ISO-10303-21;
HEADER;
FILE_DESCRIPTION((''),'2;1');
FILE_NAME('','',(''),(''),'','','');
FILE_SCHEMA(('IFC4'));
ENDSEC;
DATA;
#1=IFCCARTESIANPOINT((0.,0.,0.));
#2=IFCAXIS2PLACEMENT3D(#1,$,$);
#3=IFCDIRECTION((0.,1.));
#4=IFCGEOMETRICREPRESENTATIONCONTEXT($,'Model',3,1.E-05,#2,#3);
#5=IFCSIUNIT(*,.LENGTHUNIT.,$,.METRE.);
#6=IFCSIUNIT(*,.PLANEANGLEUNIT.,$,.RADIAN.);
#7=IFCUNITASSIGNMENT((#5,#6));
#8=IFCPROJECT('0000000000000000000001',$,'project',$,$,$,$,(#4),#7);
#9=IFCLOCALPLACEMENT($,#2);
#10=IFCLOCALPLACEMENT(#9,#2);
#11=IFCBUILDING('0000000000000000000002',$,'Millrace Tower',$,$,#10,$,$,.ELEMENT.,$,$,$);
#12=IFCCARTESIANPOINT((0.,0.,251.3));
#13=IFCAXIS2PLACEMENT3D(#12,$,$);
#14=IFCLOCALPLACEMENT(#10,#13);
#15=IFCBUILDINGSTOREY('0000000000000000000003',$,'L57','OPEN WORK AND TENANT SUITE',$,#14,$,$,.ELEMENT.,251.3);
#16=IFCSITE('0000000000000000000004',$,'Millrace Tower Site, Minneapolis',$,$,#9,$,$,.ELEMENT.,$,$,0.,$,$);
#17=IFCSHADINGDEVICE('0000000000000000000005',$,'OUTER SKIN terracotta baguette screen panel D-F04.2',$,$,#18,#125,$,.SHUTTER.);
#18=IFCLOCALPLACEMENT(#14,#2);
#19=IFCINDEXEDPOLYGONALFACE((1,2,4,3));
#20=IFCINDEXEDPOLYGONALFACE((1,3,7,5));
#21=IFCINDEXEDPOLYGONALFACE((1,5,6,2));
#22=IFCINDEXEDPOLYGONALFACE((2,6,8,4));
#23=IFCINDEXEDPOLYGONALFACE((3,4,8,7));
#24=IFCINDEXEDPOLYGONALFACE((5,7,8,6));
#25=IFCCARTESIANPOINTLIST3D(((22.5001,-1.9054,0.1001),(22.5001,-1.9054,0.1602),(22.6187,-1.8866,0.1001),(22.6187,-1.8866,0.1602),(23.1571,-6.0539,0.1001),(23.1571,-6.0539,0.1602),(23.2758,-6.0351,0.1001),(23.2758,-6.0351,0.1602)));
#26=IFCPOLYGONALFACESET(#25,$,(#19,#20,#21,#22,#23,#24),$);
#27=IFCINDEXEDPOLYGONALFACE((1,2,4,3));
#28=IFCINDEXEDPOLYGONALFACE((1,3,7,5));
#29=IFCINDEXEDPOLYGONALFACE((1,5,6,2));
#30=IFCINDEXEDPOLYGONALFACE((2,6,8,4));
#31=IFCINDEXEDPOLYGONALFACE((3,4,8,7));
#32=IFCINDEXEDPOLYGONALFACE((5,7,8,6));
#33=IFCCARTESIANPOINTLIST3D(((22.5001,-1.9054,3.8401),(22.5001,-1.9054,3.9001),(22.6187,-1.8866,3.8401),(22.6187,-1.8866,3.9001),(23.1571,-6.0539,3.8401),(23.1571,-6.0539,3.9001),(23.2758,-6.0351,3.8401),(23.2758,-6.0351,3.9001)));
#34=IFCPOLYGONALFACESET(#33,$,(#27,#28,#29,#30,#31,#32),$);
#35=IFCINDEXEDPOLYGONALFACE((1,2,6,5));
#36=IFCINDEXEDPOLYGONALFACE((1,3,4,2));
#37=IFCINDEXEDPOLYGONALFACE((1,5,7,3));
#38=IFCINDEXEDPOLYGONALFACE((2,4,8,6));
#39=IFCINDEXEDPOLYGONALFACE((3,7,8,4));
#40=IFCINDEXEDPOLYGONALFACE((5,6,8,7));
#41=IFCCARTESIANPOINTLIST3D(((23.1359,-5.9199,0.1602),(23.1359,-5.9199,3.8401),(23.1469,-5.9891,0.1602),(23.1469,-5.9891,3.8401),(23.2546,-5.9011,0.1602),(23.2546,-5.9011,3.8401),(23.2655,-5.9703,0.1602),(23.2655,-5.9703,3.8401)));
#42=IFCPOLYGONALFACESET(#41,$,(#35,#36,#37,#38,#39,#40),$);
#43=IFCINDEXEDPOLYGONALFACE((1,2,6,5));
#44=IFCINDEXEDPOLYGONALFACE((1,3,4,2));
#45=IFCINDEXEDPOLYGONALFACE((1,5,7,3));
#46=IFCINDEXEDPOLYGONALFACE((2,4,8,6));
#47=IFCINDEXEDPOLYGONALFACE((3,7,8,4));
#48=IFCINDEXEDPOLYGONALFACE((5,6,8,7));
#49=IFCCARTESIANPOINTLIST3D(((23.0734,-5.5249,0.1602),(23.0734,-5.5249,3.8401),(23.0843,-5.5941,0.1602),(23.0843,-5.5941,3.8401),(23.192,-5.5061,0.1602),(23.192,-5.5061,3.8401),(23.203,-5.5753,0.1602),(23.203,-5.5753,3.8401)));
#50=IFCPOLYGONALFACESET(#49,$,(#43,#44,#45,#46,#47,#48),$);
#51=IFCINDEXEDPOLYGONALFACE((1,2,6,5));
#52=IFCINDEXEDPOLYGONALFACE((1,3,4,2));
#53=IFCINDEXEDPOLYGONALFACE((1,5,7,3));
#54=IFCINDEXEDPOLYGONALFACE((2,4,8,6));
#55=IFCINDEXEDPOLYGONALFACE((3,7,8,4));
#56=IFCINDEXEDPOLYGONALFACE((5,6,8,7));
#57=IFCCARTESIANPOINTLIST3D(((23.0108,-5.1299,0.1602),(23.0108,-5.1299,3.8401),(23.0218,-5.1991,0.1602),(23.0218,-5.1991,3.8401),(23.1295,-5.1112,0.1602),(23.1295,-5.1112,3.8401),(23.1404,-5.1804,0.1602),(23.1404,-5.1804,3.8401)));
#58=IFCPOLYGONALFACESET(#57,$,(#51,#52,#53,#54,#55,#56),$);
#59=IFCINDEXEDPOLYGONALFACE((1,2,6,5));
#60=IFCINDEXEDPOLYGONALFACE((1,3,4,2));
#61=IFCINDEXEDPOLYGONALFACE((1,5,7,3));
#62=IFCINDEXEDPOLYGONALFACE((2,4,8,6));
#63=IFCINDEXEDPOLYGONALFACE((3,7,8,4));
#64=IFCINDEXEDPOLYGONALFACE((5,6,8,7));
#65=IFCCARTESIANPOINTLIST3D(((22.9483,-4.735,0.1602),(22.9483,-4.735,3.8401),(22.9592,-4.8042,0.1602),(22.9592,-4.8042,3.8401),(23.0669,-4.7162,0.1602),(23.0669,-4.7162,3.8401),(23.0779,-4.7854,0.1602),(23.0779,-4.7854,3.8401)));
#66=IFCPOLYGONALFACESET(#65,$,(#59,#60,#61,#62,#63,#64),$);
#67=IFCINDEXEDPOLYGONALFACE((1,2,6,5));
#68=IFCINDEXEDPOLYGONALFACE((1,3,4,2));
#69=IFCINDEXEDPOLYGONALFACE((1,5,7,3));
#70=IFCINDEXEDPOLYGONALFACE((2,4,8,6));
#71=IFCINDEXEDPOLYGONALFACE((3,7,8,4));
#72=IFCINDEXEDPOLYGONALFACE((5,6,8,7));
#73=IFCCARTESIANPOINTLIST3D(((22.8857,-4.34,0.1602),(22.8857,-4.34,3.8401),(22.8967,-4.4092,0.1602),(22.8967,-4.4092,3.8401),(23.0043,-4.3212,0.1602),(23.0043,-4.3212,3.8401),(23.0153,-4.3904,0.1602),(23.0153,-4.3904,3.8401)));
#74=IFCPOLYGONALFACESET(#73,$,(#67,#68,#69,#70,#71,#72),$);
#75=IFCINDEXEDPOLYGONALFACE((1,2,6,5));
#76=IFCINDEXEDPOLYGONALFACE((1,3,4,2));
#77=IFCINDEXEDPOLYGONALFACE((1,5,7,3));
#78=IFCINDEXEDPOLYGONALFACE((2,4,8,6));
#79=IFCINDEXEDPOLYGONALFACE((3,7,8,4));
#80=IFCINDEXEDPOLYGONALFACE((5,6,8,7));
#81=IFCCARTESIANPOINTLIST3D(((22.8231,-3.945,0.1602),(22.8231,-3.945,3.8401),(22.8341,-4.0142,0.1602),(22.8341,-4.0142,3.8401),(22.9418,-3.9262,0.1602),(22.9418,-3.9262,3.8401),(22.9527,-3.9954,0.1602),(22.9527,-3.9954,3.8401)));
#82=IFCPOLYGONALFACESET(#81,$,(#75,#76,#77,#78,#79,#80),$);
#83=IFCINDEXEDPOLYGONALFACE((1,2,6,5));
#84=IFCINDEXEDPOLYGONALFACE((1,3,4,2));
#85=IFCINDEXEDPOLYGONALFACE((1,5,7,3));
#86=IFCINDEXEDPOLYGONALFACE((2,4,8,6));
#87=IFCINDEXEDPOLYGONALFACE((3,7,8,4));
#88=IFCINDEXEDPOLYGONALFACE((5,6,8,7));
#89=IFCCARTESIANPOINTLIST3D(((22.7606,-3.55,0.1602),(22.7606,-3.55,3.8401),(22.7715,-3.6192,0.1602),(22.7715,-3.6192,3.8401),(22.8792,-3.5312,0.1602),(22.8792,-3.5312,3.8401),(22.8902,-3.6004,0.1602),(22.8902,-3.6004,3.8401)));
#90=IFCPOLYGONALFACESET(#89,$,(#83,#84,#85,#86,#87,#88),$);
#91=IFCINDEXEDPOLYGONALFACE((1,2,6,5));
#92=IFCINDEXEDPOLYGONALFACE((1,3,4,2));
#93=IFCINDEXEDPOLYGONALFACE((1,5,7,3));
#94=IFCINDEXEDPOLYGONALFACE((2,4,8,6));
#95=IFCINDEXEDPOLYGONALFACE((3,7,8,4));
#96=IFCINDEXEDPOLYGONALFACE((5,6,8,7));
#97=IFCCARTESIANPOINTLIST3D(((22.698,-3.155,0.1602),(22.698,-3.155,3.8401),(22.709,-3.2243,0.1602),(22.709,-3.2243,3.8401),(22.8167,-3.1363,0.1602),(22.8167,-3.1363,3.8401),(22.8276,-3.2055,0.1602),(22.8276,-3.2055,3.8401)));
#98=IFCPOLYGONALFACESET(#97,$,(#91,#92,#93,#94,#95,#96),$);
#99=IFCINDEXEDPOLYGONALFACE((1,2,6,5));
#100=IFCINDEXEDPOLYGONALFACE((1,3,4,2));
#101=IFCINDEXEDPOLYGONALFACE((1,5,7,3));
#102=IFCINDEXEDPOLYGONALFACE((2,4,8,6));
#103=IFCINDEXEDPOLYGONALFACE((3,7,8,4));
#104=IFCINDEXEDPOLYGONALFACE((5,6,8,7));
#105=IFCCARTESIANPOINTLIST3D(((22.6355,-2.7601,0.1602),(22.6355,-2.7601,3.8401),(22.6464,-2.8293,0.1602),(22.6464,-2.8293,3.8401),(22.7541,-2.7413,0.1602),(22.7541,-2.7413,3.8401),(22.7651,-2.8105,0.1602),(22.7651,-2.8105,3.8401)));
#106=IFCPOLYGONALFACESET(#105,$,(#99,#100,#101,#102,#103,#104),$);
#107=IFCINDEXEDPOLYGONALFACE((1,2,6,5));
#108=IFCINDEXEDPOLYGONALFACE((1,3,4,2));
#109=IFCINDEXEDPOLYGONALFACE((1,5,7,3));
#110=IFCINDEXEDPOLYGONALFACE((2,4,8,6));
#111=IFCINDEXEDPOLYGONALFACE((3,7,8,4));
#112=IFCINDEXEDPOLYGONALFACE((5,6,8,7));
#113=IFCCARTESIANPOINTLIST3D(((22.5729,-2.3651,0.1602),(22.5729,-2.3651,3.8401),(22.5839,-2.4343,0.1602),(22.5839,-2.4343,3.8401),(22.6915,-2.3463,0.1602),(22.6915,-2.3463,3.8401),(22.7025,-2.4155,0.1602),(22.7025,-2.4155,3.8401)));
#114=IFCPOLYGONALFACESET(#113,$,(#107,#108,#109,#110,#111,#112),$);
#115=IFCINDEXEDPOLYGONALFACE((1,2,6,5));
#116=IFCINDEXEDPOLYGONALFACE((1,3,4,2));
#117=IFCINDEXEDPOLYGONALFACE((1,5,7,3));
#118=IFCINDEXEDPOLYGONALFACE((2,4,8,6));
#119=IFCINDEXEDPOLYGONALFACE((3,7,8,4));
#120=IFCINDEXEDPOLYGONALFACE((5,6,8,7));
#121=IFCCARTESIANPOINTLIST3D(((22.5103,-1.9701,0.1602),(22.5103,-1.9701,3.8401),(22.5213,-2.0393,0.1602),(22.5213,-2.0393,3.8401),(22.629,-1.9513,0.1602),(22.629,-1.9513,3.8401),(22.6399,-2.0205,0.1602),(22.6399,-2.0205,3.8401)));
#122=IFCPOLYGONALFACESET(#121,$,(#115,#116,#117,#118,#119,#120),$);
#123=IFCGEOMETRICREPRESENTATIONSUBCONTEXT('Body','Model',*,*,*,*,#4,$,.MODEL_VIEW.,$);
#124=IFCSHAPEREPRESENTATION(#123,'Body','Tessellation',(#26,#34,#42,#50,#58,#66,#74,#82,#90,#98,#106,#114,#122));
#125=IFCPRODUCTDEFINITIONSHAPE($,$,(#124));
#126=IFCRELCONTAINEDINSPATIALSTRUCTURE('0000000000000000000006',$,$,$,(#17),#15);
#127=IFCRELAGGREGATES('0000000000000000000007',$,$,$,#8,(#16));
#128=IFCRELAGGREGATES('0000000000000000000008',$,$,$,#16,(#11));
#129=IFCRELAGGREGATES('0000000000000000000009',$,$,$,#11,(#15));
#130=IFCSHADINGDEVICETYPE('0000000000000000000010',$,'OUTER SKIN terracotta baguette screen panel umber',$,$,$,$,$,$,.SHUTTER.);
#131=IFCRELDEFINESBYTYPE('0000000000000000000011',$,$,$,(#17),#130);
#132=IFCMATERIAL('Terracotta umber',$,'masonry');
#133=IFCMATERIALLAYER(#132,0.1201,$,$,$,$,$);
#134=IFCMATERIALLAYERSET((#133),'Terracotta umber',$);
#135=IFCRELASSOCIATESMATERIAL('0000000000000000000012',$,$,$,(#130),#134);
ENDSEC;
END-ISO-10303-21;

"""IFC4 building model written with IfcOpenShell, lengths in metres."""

from ifc_helpers import new_model, entity, si_unit, direction, frame, frame_2d, origin, origin_2d, place, context, subcontext, project, spatial, rectangle, extrude, source, transform, mapped, material, layer, layer_set, type_object, element, save


model = new_model("IFC4")

# Units and contexts
model_context = context("Model", 3, precision=1e-05, world=origin(), true_north=direction((0.0, 1.0)))
body_context = subcontext(model_context, "Body", "Model", "MODEL_VIEW")
ifc_project = project(units=[si_unit("LENGTHUNIT", "METRE"), si_unit("PLANEANGLEUNIT", "RADIAN")], contexts=[model_context])

# Site, building, storey
site_placement = place(None, origin())
site = spatial("IfcSite", under=ifc_project, at=site_placement, Name="Millrace Tower Site, Minneapolis", CompositionType="ELEMENT", RefElevation=0.0)
building_placement = place(site_placement, origin())
building = spatial("IfcBuilding", under=site, at=building_placement, Name="Millrace Tower", CompositionType="ELEMENT")
storey_placement = place(building_placement, frame((0.0, 0.0, 251.3)))
storey = spatial("IfcBuildingStorey", under=building, at=storey_placement, Name="L57", Description="OPEN WORK AND TENANT SUITE", CompositionType="ELEMENT", Elevation=251.3)

# Shading device
ifc_material_1 = material(Name="Terracotta umber", Category="masonry")
ifc_layer_1 = layer(ifc_material_1, 0.1201)
ifc_layer_set_1 = layer_set([ifc_layer_1], Name="Terracotta umber")
shading_device_type = type_object("IfcShadingDeviceType", Name="OUTER SKIN terracotta baguette screen panel umber", PredefinedType="SHUTTER", material=ifc_layer_set_1)
cartesian_point_1 = entity("IfcCartesianPoint", [-2.1001, 0.0601])
shared_polyline_1 = entity("IfcPolyline", [cartesian_point_1, entity("IfcCartesianPoint", [2.1001, 0.0601]), entity("IfcCartesianPoint", [2.1001, -0.0601]), entity("IfcCartesianPoint", [-2.1001, -0.0601]), cartesian_point_1])
shared_shape_1 = source(origin(), body_context, "Body", "SweptSolid", [
    entity("IfcExtrudedAreaSolid", entity("IfcArbitraryClosedProfileDef", "AREA", None, shared_polyline_1), entity("IfcAxis2Placement3D", entity("IfcCartesianPoint", [0.0, 0.0, 0.0])), entity("IfcDirection", [0.0, 0.0, 1.0]), 0.0601),
    entity("IfcExtrudedAreaSolid", entity("IfcArbitraryClosedProfileDef", "AREA", None, shared_polyline_1), entity("IfcAxis2Placement3D", entity("IfcCartesianPoint", [0.0, 0.0, 3.74])), entity("IfcDirection", [0.0, 0.0, 1.0]), 0.0601),
    extrude(rectangle(XDim=0.0701, YDim=0.1201, at=frame_2d((-1.9995, 0.0))), frame((0.0, 0.0, 0.0601)), (0.0, 0.0, 1.0), 3.6799),
    extrude(rectangle(XDim=0.0701, YDim=0.1201, at=frame_2d((-1.5996, 0.0))), frame((0.0, 0.0, 0.0601)), (0.0, 0.0, 1.0), 3.6799),
    extrude(rectangle(XDim=0.0701, YDim=0.1201, at=frame_2d((-1.1997, 0.0))), frame((0.0, 0.0, 0.0601)), (0.0, 0.0, 1.0), 3.6799),
    extrude(rectangle(XDim=0.0701, YDim=0.1201, at=frame_2d((-0.7998, 0.0))), frame((0.0, 0.0, 0.0601)), (0.0, 0.0, 1.0), 3.6799),
    extrude(rectangle(XDim=0.0701, YDim=0.1201, at=frame_2d((-0.3999, 0.0))), frame((0.0, 0.0, 0.0601)), (0.0, 0.0, 1.0), 3.6799),
    extrude(rectangle(XDim=0.0701, YDim=0.1201, at=origin_2d()), frame((0.0, 0.0, 0.0601)), (0.0, 0.0, 1.0), 3.6799),
    extrude(rectangle(XDim=0.0701, YDim=0.1201, at=frame_2d((0.3999, 0.0))), frame((0.0, 0.0, 0.0601)), (0.0, 0.0, 1.0), 3.6799),
    extrude(rectangle(XDim=0.0701, YDim=0.1201, at=frame_2d((0.7998, 0.0))), frame((0.0, 0.0, 0.0601)), (0.0, 0.0, 1.0), 3.6799),
    extrude(rectangle(XDim=0.0701, YDim=0.1201, at=frame_2d((1.1997, 0.0))), frame((0.0, 0.0, 0.0601)), (0.0, 0.0, 1.0), 3.6799),
    extrude(rectangle(XDim=0.0701, YDim=0.1201, at=frame_2d((1.5996, 0.0))), frame((0.0, 0.0, 0.0601)), (0.0, 0.0, 1.0), 3.6799),
    extrude(rectangle(XDim=0.0701, YDim=0.1201, at=frame_2d((1.9995, 0.0))), frame((0.0, 0.0, 0.0601)), (0.0, 0.0, 1.0), 3.6799),
])
shading_device_1_placement = place(storey_placement, frame((22.8879, -3.9702, 0.1001), z_axis=(0.0, 0.0, 1.0), x_axis=(-0.156434, 0.987688, 0.0)))
element("IfcShadingDevice", 1, at=shading_device_1_placement, inside=storey, type_object=shading_device_type, Name="OUTER SKIN terracotta baguette screen panel D-F04.2", PredefinedType="SHUTTER", context=body_context, shape_type="MappedRepresentation", body=[
    mapped(shared_shape_1, transform((0.0, 0.0, 0.0), scale=1.0)),
])

save(model, "model.ifc")
